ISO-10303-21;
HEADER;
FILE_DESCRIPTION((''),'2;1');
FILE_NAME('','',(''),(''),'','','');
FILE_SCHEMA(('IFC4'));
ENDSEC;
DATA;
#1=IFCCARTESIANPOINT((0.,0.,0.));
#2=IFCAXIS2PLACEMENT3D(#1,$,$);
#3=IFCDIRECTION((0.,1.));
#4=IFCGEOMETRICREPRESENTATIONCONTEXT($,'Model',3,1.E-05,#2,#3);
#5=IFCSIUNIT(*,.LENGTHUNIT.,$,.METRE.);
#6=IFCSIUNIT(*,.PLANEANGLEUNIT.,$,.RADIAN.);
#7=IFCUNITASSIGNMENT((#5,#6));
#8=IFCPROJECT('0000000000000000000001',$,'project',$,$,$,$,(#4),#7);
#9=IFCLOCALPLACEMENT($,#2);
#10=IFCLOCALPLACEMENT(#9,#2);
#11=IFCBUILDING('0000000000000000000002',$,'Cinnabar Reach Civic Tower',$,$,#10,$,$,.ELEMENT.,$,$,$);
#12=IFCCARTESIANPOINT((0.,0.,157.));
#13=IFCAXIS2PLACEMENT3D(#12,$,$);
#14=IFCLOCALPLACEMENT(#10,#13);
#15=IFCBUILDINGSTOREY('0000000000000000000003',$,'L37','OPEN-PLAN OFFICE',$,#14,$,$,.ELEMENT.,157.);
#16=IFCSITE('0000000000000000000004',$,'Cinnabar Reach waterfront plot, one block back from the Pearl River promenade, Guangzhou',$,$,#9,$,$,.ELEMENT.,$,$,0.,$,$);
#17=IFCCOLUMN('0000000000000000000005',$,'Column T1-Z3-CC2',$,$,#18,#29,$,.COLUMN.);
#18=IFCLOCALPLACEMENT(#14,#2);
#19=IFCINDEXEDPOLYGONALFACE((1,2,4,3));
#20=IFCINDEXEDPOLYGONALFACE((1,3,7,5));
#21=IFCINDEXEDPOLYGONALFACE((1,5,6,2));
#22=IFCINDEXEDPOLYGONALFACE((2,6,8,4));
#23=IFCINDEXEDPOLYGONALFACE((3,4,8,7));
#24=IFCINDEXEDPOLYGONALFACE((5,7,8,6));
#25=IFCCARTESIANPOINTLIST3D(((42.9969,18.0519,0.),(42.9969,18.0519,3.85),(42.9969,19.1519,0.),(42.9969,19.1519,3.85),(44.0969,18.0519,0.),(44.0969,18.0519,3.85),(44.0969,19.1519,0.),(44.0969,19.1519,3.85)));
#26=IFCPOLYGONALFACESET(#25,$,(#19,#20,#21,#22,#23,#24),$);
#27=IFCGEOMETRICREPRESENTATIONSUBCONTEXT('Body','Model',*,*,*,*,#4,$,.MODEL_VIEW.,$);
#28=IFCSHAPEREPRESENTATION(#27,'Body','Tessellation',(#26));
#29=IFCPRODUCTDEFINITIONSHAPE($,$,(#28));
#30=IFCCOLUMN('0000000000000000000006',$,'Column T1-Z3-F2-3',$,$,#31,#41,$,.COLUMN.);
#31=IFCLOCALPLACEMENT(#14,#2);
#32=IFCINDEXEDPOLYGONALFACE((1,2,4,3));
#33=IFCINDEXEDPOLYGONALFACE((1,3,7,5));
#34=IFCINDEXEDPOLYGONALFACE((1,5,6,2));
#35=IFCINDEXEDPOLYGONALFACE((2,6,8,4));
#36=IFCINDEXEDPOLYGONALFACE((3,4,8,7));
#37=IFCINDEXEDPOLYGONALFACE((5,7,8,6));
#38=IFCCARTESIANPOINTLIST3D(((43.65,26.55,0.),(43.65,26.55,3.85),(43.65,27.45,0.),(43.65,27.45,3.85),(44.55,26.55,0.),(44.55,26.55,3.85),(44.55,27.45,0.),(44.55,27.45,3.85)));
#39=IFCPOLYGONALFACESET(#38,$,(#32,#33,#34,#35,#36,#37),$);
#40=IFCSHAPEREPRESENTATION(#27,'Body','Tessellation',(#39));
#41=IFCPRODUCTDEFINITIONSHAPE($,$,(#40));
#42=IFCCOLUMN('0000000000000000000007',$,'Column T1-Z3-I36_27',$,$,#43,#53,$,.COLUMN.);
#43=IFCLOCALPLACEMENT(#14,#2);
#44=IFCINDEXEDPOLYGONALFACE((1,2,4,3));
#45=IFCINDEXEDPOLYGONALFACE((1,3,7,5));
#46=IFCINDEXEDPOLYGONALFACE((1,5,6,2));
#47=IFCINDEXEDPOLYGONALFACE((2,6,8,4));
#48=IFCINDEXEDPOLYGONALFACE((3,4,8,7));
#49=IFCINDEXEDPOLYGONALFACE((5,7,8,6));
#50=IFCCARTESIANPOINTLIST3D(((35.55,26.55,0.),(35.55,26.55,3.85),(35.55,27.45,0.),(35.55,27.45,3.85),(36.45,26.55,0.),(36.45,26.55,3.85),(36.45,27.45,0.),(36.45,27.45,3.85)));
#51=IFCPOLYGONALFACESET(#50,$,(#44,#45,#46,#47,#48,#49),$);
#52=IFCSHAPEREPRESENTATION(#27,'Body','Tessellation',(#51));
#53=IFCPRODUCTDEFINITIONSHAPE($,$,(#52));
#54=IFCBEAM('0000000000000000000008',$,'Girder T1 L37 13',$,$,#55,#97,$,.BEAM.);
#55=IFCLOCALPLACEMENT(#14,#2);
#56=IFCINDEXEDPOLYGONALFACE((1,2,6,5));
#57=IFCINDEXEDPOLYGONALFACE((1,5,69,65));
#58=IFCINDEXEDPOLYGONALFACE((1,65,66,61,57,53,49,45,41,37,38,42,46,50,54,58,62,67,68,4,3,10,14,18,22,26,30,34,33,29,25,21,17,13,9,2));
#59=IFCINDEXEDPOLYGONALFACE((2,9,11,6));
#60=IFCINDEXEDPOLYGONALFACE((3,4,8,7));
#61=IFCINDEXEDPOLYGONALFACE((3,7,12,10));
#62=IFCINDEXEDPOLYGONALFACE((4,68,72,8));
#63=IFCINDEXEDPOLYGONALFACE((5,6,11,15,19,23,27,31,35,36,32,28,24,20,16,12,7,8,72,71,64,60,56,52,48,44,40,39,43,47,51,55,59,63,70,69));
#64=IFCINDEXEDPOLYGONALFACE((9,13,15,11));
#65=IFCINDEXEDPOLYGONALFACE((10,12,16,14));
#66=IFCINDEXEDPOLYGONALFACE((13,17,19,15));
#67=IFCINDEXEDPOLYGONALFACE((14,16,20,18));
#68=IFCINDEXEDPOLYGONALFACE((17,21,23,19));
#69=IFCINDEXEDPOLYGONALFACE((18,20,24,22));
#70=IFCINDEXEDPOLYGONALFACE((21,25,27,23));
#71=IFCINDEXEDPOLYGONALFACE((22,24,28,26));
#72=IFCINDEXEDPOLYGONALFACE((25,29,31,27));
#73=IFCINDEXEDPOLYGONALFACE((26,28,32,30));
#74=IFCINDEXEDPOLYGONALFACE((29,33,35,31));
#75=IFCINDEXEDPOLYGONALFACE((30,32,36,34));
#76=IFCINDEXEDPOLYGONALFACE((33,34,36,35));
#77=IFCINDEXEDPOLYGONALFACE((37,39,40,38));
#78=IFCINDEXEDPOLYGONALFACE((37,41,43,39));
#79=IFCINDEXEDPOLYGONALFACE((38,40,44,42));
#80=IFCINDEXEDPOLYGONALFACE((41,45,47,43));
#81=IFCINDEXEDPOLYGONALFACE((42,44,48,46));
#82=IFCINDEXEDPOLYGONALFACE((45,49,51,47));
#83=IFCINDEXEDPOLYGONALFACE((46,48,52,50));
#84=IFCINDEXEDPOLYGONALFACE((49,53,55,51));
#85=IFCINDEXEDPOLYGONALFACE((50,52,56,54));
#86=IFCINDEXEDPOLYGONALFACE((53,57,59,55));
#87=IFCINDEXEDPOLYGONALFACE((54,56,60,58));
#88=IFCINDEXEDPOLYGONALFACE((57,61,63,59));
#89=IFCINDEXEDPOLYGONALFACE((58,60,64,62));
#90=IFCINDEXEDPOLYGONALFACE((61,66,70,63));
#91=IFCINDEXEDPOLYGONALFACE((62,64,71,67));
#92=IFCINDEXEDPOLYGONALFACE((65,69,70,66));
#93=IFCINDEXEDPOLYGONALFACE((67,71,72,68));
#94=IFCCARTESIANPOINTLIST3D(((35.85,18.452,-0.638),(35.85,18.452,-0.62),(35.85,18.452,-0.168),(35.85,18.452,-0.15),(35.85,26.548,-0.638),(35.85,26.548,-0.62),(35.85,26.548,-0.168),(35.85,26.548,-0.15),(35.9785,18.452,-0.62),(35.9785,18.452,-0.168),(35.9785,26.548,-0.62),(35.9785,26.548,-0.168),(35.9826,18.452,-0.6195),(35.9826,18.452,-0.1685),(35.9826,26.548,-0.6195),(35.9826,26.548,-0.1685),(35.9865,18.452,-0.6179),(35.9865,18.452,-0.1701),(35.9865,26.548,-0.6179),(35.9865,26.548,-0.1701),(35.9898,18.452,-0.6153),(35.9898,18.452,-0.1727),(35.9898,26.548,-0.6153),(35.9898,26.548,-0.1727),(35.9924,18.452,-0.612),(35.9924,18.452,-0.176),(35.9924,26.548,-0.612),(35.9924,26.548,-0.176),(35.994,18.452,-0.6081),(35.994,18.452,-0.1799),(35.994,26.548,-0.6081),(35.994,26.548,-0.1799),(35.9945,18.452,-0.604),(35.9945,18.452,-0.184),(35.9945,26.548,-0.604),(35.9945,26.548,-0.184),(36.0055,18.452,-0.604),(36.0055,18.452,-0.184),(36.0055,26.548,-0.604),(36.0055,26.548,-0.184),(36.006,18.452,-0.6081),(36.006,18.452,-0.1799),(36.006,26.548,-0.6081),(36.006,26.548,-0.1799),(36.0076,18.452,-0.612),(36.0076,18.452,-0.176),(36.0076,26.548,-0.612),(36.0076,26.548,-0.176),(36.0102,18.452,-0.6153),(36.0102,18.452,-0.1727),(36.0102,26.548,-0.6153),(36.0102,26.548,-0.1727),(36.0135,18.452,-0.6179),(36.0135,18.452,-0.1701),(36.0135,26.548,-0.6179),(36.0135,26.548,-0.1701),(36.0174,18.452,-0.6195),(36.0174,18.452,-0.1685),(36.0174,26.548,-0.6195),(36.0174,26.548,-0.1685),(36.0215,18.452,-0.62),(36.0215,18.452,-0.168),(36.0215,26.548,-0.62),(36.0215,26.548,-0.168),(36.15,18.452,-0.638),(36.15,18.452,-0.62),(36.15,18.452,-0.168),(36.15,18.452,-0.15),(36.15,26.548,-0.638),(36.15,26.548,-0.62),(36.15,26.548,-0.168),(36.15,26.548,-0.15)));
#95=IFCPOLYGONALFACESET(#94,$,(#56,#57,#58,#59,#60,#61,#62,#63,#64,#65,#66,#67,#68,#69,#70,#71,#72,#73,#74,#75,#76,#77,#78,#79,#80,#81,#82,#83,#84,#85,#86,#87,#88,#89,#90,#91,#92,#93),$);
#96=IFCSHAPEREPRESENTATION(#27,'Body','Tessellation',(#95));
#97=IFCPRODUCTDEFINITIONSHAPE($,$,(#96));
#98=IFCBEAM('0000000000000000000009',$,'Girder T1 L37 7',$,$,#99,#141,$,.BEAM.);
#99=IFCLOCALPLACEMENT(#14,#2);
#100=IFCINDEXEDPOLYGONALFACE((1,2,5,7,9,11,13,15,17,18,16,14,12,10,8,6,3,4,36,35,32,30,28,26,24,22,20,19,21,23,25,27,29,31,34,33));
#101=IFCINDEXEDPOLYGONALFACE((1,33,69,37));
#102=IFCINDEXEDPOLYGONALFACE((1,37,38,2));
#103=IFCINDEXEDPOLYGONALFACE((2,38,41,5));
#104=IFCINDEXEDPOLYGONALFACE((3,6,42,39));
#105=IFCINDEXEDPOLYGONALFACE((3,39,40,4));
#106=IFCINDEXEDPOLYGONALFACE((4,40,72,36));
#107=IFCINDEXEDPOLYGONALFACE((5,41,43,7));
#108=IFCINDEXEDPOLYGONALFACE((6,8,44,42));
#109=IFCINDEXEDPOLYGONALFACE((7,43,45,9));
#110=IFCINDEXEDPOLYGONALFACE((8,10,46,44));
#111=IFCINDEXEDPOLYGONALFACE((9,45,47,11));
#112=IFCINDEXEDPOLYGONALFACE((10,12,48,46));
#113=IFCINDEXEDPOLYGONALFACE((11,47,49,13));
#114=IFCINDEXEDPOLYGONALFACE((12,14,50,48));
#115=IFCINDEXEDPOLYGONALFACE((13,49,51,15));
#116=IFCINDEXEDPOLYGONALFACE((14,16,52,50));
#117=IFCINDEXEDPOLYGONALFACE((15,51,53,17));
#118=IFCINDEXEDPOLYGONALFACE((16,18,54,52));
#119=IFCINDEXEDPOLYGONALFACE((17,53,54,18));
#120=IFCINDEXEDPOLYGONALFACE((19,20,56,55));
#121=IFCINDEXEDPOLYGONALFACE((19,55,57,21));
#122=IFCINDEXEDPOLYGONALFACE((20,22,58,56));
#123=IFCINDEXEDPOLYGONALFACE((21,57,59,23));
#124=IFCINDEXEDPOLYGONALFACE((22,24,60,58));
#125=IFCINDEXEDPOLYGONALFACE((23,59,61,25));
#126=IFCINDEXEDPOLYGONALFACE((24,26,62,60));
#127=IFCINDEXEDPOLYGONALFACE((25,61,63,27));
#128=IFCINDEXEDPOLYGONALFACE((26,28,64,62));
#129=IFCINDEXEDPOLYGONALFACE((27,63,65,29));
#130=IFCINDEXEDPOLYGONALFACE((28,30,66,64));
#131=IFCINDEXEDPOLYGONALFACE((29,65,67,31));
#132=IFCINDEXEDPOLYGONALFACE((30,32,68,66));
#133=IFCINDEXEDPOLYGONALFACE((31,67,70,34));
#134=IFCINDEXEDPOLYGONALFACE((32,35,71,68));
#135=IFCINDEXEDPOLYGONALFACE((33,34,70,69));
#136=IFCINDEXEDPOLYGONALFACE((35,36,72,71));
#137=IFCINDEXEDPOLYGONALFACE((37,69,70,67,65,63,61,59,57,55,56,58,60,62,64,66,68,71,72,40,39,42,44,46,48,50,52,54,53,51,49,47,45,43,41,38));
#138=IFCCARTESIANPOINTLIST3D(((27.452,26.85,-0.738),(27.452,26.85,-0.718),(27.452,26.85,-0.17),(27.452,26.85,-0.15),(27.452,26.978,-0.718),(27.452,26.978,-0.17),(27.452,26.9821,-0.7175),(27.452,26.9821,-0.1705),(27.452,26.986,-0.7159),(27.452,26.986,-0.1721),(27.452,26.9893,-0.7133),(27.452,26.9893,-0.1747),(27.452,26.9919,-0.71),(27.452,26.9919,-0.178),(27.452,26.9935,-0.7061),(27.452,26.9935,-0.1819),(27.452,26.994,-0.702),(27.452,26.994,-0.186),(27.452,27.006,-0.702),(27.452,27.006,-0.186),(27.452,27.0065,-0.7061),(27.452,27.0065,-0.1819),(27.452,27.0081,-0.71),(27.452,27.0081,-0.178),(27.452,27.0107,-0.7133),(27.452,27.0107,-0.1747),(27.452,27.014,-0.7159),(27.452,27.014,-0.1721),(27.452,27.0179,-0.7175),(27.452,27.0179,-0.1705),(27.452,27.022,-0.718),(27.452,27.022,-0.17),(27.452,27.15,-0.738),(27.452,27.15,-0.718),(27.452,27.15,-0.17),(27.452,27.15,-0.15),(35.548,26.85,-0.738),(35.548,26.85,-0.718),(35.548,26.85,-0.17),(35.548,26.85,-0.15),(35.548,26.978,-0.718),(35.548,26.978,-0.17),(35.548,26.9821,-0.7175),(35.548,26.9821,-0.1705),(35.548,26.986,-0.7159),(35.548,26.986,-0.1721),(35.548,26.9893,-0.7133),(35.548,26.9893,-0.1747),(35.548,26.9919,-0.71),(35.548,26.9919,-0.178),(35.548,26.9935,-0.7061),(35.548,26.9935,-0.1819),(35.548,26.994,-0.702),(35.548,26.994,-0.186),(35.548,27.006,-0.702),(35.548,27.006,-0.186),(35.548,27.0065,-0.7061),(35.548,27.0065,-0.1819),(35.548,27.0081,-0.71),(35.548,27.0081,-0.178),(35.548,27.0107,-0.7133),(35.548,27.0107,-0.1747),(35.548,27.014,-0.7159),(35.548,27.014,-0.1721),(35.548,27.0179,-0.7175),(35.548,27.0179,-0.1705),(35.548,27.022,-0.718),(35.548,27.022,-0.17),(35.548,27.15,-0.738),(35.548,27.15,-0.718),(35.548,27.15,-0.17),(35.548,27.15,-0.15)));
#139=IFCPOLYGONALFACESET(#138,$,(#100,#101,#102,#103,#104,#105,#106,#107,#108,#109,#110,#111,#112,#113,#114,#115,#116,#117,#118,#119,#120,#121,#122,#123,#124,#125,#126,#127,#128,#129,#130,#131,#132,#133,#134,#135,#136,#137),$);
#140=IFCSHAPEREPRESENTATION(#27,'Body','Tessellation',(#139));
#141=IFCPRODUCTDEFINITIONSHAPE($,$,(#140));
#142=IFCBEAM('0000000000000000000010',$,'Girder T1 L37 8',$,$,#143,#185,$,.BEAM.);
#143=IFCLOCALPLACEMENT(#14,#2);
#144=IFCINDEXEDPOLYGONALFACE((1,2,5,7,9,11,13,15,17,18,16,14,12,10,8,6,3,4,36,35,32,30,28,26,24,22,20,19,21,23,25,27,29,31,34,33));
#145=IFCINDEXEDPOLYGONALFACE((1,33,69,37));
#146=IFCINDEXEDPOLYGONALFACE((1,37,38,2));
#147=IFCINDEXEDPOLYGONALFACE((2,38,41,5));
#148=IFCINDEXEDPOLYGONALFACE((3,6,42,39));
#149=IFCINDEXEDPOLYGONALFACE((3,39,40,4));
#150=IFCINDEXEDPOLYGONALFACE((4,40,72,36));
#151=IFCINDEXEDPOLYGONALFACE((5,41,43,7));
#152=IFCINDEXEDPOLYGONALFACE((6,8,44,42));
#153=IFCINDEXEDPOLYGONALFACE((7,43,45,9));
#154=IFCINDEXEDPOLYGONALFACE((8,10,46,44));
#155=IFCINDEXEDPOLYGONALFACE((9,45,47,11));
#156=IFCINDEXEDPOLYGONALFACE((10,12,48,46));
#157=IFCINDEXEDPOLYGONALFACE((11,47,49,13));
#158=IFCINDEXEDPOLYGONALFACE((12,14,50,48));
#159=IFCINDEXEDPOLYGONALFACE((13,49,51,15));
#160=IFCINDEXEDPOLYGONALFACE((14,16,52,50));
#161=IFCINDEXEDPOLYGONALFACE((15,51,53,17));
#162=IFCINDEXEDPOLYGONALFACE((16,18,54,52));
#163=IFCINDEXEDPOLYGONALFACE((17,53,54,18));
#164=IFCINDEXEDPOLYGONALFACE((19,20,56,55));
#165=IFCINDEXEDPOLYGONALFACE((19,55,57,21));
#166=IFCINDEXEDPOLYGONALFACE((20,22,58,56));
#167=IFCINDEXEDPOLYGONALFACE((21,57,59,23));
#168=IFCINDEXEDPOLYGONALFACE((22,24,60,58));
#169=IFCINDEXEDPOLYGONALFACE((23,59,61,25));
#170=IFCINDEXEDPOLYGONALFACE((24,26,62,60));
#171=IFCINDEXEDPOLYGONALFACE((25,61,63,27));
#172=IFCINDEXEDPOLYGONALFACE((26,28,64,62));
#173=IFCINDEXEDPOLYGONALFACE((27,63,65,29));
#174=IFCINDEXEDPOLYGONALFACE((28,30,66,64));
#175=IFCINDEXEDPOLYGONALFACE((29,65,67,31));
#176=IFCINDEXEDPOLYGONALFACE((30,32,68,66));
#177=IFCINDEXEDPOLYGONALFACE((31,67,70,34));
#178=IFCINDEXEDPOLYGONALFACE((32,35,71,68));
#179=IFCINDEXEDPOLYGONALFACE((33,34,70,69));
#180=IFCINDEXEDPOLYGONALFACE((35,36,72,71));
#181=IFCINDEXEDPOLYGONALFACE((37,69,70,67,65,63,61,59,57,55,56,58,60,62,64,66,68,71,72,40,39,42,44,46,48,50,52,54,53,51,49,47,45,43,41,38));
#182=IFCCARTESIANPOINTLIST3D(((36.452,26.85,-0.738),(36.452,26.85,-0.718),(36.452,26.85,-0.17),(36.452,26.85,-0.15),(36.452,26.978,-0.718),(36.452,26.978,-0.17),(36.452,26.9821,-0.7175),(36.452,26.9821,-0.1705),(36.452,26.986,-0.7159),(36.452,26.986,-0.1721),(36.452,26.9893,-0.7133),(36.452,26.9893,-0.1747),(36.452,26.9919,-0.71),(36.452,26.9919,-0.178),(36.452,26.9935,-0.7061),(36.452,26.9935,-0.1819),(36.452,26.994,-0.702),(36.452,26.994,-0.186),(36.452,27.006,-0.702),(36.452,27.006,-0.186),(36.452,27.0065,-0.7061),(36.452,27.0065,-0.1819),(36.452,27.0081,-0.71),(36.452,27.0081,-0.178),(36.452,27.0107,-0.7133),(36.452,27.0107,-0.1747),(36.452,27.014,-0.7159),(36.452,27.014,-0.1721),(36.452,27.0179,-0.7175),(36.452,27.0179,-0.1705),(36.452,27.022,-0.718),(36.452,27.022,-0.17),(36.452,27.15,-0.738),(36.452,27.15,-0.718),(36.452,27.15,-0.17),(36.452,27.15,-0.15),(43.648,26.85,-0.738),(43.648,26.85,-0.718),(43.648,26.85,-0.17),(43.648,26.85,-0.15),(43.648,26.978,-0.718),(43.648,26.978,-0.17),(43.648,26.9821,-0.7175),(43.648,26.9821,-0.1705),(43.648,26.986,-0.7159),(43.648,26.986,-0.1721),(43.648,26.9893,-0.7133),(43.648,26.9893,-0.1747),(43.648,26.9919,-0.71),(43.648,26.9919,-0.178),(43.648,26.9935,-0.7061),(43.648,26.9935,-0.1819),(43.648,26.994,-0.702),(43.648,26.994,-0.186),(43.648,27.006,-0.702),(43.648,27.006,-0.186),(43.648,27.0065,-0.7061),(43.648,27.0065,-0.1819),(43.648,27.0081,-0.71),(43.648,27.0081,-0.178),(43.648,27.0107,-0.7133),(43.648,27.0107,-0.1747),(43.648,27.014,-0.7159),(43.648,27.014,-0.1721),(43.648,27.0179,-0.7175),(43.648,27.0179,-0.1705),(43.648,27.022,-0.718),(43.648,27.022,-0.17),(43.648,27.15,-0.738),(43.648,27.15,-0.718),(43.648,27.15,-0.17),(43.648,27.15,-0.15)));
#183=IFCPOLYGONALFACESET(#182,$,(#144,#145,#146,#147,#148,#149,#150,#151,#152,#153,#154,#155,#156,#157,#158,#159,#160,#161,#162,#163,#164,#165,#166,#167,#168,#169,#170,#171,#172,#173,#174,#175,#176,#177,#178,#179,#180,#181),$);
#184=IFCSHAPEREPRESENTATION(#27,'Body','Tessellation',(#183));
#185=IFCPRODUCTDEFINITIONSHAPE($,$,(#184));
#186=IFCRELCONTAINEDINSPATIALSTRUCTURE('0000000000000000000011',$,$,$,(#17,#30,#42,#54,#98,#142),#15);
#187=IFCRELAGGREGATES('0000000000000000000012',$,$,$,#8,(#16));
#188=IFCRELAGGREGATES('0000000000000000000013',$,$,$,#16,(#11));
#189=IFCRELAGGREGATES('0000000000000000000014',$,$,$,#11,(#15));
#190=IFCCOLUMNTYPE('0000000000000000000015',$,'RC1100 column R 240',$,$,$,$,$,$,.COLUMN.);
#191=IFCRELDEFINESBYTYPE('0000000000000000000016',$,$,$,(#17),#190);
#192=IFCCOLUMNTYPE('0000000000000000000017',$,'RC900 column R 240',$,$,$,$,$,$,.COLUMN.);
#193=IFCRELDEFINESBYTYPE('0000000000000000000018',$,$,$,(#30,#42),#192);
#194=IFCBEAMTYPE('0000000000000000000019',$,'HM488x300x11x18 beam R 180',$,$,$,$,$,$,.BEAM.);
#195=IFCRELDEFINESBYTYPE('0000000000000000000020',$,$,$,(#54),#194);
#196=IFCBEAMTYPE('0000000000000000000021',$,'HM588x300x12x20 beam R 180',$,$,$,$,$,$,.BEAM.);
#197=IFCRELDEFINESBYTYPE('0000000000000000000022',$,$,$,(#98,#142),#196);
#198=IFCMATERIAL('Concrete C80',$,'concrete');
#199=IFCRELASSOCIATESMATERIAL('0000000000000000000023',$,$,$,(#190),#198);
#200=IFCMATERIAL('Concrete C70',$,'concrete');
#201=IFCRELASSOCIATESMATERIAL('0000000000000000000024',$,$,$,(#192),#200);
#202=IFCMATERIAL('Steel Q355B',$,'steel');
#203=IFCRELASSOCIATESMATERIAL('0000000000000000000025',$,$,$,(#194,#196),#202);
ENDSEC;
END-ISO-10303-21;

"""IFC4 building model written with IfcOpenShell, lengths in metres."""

from ifc_helpers import new_model, si_unit, direction, frame, origin, origin_2d, place, context, subcontext, project, spatial, rectangle, i_section, extrude, material, material_profile, profile_set, type_object, element, save


model = new_model("IFC4")

# Units and contexts
model_context = context("Model", 3, precision=1e-05, world=origin(), true_north=direction((0.0, 1.0)))
body_context = subcontext(model_context, "Body", "Model", "MODEL_VIEW")
ifc_project = project(units=[si_unit("LENGTHUNIT", "METRE"), si_unit("PLANEANGLEUNIT", "RADIAN")], contexts=[model_context])

# Site, building, storey
site_placement = place(None, origin())
site = spatial("IfcSite", under=ifc_project, at=site_placement, Name="Cinnabar Reach waterfront plot, one block back from the Pearl River promenade, Guangzhou", CompositionType="ELEMENT", RefElevation=0.0)
building_placement = place(site_placement, origin())
building = spatial("IfcBuilding", under=site, at=building_placement, Name="Cinnabar Reach Civic Tower", CompositionType="ELEMENT")
storey_placement = place(building_placement, frame((0.0, 0.0, 157.0)))
storey = spatial("IfcBuildingStorey", under=building, at=storey_placement, Name="L37", Description="OPEN-PLAN OFFICE", CompositionType="ELEMENT", Elevation=157.0)

# Columns
ifc_material_1 = material(Name="Concrete C80", Category="concrete")
ifc_material_profile_1 = material_profile(ifc_material_1, rectangle(XDim=1.1, YDim=1.1, at=origin_2d()), Name="RC1100")
ifc_profile_set_1 = profile_set([ifc_material_profile_1], Name="Concrete C80")
column_type_1 = type_object("IfcColumnType", Name="RC1100 column R 240", PredefinedType="COLUMN", material=ifc_profile_set_1)
column_placement = place(storey_placement, frame((43.5469, 18.6019, 0.0), z_axis=(0.0, 0.0, 1.0), x_axis=(1.0, 0.0, 0.0)))
element("IfcColumn", 1, at=column_placement, inside=storey, type_object=column_type_1, Name="Column T1-Z3-CC2", PredefinedType="COLUMN", context=body_context, shape_type="SweptSolid", body=[
    extrude(rectangle(XDim=1.1, YDim=1.1, at=origin_2d()), origin(), (0.0, 0.0, 1.0), 3.85),
])
ifc_material_2 = material(Name="Concrete C70", Category="concrete")
ifc_material_profile_2 = material_profile(ifc_material_2, rectangle(XDim=0.9, YDim=0.9, at=origin_2d()), Name="RC900")
ifc_profile_set_2 = profile_set([ifc_material_profile_2], Name="Concrete C70")
column_type_2 = type_object("IfcColumnType", Name="RC900 column R 240", PredefinedType="COLUMN", material=ifc_profile_set_2)
for number, where, z_axis, x_axis, name in (
    (2, (44.1, 27.0, 0.0), (0.0, 0.0, 1.0), (1.0, 0.0, 0.0), "Column T1-Z3-F2-3"),
    (3, (36.0, 27.0, 0.0), (0.0, 0.0, 1.0), (1.0, 0.0, 0.0), "Column T1-Z3-I36_27"),
):
    element("IfcColumn", number, at=place(storey_placement, frame(where, z_axis=z_axis, x_axis=x_axis)), inside=storey, type_object=column_type_2, Name=name, PredefinedType="COLUMN", context=body_context, shape_type="SweptSolid", body=[
        extrude(rectangle(XDim=0.9, YDim=0.9, at=origin_2d()), origin(), (0.0, 0.0, 1.0), 3.85),
    ])

# Beams
ifc_material_3 = material(Name="Steel Q355B", Category="steel")
ifc_material_profile_3 = material_profile(ifc_material_3, i_section(OverallWidth=0.3, OverallDepth=0.488, WebThickness=0.011, FlangeThickness=0.018, FilletRadius=0.016, at=origin_2d()), Name="HM488x300x11x18")
ifc_profile_set_3 = profile_set([ifc_material_profile_3], Name="Steel Q355B")
beam_type_1 = type_object("IfcBeamType", Name="HM488x300x11x18 beam R 180", PredefinedType="BEAM", material=ifc_profile_set_3)
beam_1_placement = place(storey_placement, frame((36.0, 18.452, -0.394), z_axis=(0.0, 1.0, 0.0), x_axis=(-1.0, 0.0, 0.0)))
element("IfcBeam", 4, at=beam_1_placement, inside=storey, type_object=beam_type_1, Name="Girder T1 L37 13", PredefinedType="BEAM", context=body_context, shape_type="SweptSolid", body=[
    extrude(i_section(OverallWidth=0.3, OverallDepth=0.488, WebThickness=0.011, FlangeThickness=0.018, FilletRadius=0.016, at=origin_2d()), origin(), (0.0, 0.0, 1.0), 8.096),
])
ifc_material_profile_4 = material_profile(ifc_material_3, i_section(OverallWidth=0.3, OverallDepth=0.588, WebThickness=0.012, FlangeThickness=0.02, FilletRadius=0.016, at=origin_2d()), Name="HM588x300x12x20")
ifc_profile_set_4 = profile_set([ifc_material_profile_4], Name="Steel Q355B")
beam_type_2 = type_object("IfcBeamType", Name="HM588x300x12x20 beam R 180", PredefinedType="BEAM", material=ifc_profile_set_4)
beam_2_placement = place(storey_placement, frame((27.452, 27.0, -0.444), z_axis=(1.0, 0.0, 0.0), x_axis=(0.0, 1.0, 0.0)))
element("IfcBeam", 5, at=beam_2_placement, inside=storey, type_object=beam_type_2, Name="Girder T1 L37 7", PredefinedType="BEAM", context=body_context, shape_type="SweptSolid", body=[
    extrude(i_section(OverallWidth=0.3, OverallDepth=0.588, WebThickness=0.012, FlangeThickness=0.02, FilletRadius=0.016, at=origin_2d()), origin(), (0.0, 0.0, 1.0), 8.096),
])
beam_3_placement = place(storey_placement, frame((36.452, 27.0, -0.444), z_axis=(1.0, 0.0, 0.0), x_axis=(0.0, 1.0, 0.0)))
element("IfcBeam", 6, at=beam_3_placement, inside=storey, type_object=beam_type_2, Name="Girder T1 L37 8", PredefinedType="BEAM", context=body_context, shape_type="SweptSolid", body=[
    extrude(i_section(OverallWidth=0.3, OverallDepth=0.588, WebThickness=0.012, FlangeThickness=0.02, FilletRadius=0.016, at=origin_2d()), origin(), (0.0, 0.0, 1.0), 7.196),
])

save(model, "model.ifc")
